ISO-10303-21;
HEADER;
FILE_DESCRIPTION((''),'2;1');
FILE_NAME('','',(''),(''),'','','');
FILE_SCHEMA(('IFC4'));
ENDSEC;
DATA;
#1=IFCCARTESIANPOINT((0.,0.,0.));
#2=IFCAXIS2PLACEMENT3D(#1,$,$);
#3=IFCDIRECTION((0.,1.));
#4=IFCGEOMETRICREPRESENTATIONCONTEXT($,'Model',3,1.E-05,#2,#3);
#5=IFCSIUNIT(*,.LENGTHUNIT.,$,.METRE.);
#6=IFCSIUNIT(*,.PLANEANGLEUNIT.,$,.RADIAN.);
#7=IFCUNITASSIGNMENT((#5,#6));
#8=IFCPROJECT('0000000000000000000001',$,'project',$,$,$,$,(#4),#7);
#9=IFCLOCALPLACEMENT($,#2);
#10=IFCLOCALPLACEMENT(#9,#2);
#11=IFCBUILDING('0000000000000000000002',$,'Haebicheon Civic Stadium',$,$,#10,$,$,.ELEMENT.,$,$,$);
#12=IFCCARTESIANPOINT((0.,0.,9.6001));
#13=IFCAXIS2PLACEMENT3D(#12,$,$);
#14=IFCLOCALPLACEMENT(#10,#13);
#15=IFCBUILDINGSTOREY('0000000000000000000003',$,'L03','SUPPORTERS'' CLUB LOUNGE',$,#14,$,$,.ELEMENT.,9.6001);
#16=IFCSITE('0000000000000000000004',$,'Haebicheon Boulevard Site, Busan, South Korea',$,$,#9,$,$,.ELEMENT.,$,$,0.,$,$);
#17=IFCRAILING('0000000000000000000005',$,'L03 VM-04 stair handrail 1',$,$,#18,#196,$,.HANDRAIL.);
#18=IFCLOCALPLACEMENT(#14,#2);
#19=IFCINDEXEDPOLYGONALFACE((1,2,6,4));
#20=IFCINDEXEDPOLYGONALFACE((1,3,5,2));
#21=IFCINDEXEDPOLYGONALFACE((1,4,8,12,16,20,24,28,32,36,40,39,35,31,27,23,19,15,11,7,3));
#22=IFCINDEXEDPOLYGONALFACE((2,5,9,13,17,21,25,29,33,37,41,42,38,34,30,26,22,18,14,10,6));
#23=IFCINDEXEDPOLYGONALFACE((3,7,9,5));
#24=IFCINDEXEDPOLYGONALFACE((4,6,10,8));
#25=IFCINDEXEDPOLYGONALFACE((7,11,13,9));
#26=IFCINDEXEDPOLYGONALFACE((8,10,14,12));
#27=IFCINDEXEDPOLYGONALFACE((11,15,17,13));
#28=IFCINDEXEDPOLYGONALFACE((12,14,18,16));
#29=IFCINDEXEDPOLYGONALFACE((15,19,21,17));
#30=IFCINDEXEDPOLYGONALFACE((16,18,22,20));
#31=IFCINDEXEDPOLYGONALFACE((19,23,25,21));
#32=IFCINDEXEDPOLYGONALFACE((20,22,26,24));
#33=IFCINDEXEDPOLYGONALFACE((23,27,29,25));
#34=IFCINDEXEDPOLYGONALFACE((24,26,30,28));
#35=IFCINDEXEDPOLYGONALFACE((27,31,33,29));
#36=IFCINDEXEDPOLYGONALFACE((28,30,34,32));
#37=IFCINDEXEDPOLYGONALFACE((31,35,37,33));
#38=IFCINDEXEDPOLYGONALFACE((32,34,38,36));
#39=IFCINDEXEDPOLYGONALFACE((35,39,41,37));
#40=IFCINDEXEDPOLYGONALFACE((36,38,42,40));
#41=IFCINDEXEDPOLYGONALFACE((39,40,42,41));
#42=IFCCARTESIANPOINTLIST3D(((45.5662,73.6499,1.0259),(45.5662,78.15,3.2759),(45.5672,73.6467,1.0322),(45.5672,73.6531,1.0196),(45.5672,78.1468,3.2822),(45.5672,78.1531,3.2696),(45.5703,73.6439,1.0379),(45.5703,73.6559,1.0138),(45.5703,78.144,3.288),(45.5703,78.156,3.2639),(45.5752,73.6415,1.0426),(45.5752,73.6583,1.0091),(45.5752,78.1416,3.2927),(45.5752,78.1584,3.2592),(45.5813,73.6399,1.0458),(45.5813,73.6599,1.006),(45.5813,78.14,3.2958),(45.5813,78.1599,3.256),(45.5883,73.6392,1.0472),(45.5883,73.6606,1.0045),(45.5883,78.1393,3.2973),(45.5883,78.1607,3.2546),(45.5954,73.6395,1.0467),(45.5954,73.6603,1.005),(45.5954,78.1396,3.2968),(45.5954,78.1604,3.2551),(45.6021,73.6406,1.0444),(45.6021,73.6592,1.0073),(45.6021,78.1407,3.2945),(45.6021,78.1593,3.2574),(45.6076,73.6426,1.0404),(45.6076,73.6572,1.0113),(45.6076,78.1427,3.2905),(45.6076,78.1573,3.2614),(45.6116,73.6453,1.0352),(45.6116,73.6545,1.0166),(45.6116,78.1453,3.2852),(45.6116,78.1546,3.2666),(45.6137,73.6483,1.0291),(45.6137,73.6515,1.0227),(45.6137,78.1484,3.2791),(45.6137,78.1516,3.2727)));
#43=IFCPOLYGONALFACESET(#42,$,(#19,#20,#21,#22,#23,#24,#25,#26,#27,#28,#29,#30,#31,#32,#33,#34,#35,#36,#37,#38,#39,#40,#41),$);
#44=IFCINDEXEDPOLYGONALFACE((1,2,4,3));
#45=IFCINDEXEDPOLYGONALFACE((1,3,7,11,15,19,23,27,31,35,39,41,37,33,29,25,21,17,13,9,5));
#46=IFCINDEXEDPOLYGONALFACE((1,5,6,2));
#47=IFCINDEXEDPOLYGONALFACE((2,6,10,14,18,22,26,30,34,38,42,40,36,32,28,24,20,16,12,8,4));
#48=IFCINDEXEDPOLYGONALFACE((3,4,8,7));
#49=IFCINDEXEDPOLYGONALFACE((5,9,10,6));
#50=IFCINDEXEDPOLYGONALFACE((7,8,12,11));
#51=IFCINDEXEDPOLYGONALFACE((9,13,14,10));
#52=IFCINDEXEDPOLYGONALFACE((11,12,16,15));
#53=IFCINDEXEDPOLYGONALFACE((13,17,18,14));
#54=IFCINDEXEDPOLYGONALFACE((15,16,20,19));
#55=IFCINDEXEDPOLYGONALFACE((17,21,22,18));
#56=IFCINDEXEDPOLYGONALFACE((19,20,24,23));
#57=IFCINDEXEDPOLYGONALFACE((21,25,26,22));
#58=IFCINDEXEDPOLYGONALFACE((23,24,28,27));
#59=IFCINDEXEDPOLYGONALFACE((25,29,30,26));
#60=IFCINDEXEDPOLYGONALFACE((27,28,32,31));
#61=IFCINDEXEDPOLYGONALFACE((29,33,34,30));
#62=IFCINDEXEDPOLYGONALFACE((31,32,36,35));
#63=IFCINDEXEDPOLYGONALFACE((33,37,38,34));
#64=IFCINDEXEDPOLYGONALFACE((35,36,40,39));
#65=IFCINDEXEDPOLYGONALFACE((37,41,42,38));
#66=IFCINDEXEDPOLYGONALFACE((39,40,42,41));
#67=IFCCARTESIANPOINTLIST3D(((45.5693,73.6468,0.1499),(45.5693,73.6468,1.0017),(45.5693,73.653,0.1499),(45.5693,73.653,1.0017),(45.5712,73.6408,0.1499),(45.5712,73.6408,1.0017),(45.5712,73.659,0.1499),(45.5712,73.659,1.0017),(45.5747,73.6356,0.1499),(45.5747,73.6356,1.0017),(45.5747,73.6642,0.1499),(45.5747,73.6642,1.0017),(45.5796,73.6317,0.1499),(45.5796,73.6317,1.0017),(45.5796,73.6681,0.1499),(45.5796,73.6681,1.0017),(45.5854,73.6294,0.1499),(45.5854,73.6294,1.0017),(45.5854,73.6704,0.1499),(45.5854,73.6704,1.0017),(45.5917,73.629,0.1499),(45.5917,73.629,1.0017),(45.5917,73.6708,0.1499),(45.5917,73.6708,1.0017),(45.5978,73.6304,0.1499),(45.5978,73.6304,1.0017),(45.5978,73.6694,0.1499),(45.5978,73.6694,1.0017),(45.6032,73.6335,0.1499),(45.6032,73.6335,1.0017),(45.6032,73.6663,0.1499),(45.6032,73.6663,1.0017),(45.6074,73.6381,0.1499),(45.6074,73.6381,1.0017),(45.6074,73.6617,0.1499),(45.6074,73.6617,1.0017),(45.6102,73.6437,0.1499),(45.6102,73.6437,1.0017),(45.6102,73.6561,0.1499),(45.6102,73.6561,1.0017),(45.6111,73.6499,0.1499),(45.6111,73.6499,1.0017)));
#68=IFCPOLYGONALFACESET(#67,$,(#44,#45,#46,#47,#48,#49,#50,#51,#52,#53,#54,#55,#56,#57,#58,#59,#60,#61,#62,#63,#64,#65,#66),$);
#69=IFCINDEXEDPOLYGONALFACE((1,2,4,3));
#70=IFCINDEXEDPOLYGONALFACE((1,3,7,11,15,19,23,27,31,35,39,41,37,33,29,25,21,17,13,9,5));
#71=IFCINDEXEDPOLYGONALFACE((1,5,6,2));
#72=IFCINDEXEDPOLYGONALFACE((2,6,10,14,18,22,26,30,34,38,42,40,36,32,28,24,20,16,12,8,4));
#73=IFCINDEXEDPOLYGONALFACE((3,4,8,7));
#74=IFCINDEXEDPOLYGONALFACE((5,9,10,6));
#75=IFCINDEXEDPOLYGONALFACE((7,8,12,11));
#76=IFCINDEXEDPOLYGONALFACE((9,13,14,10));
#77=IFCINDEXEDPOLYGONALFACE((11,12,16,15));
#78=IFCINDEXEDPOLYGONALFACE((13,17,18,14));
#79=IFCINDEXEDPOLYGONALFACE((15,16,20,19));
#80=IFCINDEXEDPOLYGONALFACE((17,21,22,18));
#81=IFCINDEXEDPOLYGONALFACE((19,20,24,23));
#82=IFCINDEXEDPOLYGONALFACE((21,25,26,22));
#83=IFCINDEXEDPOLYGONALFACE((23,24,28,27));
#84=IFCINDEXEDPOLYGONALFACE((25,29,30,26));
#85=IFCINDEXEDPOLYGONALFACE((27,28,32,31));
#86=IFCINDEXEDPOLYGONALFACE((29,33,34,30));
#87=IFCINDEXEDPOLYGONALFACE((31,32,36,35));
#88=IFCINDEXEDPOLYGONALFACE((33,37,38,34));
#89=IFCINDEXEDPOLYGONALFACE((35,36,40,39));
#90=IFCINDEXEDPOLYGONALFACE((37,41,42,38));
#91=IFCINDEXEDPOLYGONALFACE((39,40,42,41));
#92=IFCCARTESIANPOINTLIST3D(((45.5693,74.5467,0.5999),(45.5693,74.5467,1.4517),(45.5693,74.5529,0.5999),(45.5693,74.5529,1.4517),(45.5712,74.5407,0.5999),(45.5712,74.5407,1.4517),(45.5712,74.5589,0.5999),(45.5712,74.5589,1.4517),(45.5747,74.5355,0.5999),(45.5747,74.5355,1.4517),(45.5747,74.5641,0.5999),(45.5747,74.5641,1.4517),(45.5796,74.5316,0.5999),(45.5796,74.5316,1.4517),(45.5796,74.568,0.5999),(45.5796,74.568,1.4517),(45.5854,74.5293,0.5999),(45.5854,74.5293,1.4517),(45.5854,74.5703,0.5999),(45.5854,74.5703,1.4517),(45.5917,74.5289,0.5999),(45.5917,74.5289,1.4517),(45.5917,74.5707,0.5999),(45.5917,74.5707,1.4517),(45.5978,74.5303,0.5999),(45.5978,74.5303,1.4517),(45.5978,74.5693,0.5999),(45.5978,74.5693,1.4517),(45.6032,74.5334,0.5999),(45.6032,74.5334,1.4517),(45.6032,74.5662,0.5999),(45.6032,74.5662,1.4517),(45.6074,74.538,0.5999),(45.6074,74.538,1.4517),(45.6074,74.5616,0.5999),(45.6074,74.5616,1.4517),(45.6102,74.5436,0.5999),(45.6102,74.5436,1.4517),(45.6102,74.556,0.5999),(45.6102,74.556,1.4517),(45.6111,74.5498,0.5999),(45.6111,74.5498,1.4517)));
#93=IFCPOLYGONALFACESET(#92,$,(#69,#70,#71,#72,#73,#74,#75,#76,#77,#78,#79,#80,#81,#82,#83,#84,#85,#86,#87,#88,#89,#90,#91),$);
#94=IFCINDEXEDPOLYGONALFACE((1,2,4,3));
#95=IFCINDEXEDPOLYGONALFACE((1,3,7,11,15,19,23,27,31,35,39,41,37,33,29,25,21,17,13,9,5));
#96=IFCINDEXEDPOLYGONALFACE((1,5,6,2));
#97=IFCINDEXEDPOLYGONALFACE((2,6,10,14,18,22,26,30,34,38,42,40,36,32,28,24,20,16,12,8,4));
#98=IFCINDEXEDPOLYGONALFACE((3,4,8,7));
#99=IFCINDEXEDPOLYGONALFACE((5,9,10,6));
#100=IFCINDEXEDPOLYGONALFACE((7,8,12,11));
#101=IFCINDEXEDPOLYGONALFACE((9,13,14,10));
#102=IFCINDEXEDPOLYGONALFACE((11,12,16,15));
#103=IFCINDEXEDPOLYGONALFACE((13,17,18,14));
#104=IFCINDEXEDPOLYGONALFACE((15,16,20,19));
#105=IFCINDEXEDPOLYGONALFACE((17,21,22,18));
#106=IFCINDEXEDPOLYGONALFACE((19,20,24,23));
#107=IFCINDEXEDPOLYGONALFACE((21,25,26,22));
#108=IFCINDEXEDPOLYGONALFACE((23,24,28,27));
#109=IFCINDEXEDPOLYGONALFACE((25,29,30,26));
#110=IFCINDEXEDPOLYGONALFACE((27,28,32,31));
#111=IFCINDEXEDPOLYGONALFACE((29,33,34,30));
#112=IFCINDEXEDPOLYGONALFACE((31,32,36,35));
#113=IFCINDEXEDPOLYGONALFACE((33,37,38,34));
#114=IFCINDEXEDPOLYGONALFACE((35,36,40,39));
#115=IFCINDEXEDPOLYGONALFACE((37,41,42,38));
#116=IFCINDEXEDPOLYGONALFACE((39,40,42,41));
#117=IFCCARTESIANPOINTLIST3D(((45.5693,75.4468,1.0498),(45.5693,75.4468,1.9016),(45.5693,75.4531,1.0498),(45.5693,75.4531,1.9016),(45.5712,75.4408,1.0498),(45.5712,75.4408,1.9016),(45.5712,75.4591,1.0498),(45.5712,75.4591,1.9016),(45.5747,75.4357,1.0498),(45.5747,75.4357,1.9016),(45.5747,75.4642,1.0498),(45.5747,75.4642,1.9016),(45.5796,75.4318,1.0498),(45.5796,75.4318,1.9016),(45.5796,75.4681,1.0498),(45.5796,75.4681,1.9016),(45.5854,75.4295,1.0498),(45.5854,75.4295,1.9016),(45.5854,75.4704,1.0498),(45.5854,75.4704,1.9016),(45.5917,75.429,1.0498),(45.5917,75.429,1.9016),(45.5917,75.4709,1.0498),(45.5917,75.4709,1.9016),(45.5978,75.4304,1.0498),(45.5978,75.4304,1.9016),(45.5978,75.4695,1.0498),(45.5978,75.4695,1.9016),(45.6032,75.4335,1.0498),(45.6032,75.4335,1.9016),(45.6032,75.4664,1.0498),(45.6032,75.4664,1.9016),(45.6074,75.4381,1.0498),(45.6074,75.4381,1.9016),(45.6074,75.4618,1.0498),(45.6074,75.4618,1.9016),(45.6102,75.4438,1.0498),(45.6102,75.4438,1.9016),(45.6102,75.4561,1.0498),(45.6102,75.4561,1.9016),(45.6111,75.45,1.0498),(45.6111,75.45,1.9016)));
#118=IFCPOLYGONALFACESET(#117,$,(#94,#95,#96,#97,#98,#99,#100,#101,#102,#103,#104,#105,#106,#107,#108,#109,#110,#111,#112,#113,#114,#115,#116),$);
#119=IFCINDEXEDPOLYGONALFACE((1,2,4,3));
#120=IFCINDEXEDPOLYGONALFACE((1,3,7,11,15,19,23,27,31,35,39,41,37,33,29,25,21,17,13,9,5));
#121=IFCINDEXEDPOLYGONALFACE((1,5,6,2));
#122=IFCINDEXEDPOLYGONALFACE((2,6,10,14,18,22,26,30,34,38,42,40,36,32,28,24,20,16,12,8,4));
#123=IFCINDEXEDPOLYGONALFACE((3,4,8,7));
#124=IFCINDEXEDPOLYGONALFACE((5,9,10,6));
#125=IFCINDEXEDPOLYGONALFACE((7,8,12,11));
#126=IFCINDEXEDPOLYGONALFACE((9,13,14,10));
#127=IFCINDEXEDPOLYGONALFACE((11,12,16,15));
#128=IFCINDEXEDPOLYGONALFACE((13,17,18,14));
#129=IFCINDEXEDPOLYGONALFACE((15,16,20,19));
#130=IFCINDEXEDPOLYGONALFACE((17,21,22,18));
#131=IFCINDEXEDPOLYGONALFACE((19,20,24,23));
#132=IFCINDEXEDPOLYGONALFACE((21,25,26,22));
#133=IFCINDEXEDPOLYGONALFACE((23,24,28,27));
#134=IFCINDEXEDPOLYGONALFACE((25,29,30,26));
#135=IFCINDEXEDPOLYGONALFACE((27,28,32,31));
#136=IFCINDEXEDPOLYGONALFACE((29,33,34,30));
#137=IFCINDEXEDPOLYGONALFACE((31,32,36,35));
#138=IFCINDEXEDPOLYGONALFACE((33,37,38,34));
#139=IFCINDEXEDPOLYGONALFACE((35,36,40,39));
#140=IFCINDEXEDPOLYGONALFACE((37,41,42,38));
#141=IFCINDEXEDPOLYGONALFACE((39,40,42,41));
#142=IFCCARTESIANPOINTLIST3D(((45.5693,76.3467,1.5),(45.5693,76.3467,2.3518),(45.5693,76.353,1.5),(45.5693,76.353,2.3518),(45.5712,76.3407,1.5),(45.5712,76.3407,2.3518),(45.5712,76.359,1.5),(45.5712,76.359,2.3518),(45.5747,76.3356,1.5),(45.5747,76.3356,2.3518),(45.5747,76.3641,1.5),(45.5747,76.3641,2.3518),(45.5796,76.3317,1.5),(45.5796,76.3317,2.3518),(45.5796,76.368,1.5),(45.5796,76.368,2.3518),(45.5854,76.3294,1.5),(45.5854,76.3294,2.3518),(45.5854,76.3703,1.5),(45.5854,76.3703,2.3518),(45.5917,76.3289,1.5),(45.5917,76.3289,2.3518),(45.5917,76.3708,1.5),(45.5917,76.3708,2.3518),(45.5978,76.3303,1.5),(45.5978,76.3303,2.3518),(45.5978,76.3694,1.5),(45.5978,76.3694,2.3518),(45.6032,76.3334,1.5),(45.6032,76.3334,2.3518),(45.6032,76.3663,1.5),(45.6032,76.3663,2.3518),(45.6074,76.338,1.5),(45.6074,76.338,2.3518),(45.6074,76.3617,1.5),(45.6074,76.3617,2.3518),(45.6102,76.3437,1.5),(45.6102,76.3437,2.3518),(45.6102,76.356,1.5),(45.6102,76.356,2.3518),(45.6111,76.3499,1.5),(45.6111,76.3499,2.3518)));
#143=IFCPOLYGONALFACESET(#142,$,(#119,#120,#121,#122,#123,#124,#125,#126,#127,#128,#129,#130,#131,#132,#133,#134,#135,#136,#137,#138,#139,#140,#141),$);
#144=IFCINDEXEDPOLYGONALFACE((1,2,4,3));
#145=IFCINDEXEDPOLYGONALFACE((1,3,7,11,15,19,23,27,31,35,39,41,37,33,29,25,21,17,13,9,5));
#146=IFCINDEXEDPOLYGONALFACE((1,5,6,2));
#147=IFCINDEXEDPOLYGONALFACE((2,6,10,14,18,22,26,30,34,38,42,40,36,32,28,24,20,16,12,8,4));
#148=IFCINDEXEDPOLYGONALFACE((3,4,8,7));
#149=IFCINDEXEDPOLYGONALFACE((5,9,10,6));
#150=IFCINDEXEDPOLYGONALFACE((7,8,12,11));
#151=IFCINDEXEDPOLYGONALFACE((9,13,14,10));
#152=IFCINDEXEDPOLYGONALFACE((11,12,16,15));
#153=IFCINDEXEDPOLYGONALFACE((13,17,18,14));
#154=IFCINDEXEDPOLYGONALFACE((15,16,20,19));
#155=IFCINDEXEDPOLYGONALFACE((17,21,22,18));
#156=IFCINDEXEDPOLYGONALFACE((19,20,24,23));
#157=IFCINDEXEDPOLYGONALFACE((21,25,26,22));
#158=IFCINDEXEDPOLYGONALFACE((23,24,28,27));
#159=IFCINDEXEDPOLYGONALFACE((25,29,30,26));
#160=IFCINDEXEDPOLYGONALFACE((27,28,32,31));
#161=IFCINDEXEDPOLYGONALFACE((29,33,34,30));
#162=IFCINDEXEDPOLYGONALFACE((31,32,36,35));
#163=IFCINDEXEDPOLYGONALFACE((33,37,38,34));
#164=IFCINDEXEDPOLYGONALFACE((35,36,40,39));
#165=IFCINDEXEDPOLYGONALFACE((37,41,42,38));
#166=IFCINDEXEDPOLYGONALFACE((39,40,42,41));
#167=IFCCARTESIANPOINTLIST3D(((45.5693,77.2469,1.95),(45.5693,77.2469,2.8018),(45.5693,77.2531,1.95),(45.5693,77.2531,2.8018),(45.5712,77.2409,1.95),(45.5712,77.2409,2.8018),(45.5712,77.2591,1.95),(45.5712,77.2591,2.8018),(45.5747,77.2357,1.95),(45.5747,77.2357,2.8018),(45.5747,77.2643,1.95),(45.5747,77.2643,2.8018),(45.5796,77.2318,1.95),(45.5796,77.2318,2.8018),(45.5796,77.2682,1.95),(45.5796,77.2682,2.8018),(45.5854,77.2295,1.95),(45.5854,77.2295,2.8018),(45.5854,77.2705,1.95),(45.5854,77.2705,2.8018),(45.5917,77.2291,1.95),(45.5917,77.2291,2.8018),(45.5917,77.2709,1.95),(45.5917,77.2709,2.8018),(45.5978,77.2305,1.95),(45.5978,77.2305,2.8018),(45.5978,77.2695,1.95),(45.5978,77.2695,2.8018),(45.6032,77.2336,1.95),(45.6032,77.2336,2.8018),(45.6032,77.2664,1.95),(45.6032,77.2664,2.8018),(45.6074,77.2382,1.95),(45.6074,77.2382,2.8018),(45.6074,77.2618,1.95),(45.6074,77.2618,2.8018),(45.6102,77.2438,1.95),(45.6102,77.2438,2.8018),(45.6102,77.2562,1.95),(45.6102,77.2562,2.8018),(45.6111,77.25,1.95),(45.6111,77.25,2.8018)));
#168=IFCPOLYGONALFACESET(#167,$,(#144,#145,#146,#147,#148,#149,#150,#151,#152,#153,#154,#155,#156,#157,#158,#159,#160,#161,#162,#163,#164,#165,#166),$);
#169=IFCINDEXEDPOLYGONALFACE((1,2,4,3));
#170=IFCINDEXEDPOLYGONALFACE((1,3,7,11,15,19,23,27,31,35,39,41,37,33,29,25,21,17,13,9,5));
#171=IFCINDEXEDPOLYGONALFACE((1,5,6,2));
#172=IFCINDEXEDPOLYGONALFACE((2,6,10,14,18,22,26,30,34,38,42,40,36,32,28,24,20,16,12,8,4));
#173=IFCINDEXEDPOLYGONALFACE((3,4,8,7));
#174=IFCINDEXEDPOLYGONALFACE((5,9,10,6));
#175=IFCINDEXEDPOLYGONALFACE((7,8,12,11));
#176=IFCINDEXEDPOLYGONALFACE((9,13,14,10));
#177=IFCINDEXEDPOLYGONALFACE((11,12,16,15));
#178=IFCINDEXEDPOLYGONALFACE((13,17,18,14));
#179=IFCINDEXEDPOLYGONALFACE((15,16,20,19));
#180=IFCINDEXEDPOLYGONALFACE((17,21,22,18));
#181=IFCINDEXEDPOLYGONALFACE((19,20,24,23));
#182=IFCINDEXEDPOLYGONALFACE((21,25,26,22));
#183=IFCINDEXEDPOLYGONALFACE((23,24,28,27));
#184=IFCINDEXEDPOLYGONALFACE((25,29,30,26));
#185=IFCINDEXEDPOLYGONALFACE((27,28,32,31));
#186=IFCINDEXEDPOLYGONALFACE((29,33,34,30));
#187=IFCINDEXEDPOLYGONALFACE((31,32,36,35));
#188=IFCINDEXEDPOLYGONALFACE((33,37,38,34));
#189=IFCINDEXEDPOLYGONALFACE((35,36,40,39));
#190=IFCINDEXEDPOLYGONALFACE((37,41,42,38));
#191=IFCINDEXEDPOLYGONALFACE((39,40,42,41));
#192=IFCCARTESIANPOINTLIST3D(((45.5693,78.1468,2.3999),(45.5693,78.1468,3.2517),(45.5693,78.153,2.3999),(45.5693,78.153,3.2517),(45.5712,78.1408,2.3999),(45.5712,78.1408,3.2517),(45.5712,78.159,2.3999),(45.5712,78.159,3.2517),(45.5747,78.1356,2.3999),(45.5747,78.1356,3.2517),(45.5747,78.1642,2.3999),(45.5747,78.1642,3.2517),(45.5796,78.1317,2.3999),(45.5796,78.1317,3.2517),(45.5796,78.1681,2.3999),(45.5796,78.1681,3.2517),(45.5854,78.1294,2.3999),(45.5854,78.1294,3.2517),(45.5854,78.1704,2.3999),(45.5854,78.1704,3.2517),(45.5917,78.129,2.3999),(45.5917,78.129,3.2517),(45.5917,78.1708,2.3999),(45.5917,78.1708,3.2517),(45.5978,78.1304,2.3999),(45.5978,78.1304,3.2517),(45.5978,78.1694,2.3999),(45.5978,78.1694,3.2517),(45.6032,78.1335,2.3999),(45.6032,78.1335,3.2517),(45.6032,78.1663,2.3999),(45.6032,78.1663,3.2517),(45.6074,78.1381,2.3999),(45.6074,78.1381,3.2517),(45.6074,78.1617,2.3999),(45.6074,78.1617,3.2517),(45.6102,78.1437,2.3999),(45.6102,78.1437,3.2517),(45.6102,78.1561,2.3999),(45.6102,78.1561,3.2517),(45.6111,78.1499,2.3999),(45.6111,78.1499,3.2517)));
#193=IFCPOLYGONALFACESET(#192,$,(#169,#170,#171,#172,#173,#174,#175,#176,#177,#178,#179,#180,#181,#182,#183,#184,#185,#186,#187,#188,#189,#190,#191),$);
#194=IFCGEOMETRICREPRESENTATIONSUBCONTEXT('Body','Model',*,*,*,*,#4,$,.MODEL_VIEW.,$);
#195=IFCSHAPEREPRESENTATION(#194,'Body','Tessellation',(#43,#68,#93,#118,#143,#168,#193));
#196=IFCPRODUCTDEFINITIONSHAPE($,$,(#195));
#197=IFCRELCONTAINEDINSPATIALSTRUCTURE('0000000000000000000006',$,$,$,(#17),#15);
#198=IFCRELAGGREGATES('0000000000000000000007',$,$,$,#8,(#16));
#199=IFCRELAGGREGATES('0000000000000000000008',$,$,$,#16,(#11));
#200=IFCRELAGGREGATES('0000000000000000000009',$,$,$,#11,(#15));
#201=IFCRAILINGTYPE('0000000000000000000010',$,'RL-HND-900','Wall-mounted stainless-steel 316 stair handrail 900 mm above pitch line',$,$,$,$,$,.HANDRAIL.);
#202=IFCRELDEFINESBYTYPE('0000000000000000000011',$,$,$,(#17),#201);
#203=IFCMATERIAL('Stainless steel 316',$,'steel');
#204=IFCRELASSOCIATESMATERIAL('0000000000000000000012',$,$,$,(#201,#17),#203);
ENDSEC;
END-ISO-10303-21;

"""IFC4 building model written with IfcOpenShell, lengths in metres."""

from ifc_helpers import new_model, si_unit, direction, frame, origin, origin_2d, place, context, subcontext, project, spatial, circle, extrude, material, type_object, element, save


model = new_model("IFC4")

# Units and contexts
model_context = context("Model", 3, precision=1e-05, world=origin(), true_north=direction((0.0, 1.0)))
body_context = subcontext(model_context, "Body", "Model", "MODEL_VIEW")
ifc_project = project(units=[si_unit("LENGTHUNIT", "METRE"), si_unit("PLANEANGLEUNIT", "RADIAN")], contexts=[model_context])

# Site, building, storey
site_placement = place(None, origin())
site = spatial("IfcSite", under=ifc_project, at=site_placement, Name="Haebicheon Boulevard Site, Busan, South Korea", CompositionType="ELEMENT", RefElevation=0.0)
building_placement = place(site_placement, origin())
building = spatial("IfcBuilding", under=site, at=building_placement, Name="Haebicheon Civic Stadium", CompositionType="ELEMENT")
storey_placement = place(building_placement, frame((0.0, 0.0, 9.6001)))
storey = spatial("IfcBuildingStorey", under=building, at=storey_placement, Name="L03", Description="SUPPORTERS' CLUB LOUNGE", CompositionType="ELEMENT", Elevation=9.6001)

# Railing
ifc_material_1 = material(Name="Stainless steel 316", Category="steel")
railing_type_1 = type_object("IfcRailingType", Name="RL-HND-900", Description="Wall-mounted stainless-steel 316 stair handrail 900 mm above pitch line", PredefinedType="HANDRAIL", material=ifc_material_1)
railing_1_placement = place(storey_placement, frame((45.5901, 73.6499, 0.1499)))
element("IfcRailing", 1, at=railing_1_placement, inside=storey, type_object=railing_type_1, material=ifc_material_1, Name="L03 VM-04 stair handrail 1", PredefinedType="HANDRAIL", context=body_context, shape_type="SweptSolid", body=[
    extrude(circle(Radius=0.0239, at=origin_2d()), frame((0.0, 0.0, 0.876), z_axis=(0.0, 0.894427, 0.447214), x_axis=(-1.0, 0.0, 0.0)), (0.0, 0.0, 1.0), 5.0312),
    extrude(circle(Radius=0.021, at=origin_2d()), origin(), (0.0, 0.0, 1.0), 0.8518),
    extrude(circle(Radius=0.021, at=origin_2d()), frame((0.0, 0.8999, 0.45)), (0.0, 0.0, 1.0), 0.8518),
    extrude(circle(Radius=0.021, at=origin_2d()), frame((0.0, 1.8, 0.8999)), (0.0, 0.0, 1.0), 0.8518),
    extrude(circle(Radius=0.021, at=origin_2d()), frame((0.0, 2.7, 1.3501)), (0.0, 0.0, 1.0), 0.8518),
    extrude(circle(Radius=0.021, at=origin_2d()), frame((0.0, 3.6001, 1.8)), (0.0, 0.0, 1.0), 0.8518),
    extrude(circle(Radius=0.021, at=origin_2d()), frame((0.0, 4.5, 2.25)), (0.0, 0.0, 1.0), 0.8518),
])

save(model, "model.ifc")
